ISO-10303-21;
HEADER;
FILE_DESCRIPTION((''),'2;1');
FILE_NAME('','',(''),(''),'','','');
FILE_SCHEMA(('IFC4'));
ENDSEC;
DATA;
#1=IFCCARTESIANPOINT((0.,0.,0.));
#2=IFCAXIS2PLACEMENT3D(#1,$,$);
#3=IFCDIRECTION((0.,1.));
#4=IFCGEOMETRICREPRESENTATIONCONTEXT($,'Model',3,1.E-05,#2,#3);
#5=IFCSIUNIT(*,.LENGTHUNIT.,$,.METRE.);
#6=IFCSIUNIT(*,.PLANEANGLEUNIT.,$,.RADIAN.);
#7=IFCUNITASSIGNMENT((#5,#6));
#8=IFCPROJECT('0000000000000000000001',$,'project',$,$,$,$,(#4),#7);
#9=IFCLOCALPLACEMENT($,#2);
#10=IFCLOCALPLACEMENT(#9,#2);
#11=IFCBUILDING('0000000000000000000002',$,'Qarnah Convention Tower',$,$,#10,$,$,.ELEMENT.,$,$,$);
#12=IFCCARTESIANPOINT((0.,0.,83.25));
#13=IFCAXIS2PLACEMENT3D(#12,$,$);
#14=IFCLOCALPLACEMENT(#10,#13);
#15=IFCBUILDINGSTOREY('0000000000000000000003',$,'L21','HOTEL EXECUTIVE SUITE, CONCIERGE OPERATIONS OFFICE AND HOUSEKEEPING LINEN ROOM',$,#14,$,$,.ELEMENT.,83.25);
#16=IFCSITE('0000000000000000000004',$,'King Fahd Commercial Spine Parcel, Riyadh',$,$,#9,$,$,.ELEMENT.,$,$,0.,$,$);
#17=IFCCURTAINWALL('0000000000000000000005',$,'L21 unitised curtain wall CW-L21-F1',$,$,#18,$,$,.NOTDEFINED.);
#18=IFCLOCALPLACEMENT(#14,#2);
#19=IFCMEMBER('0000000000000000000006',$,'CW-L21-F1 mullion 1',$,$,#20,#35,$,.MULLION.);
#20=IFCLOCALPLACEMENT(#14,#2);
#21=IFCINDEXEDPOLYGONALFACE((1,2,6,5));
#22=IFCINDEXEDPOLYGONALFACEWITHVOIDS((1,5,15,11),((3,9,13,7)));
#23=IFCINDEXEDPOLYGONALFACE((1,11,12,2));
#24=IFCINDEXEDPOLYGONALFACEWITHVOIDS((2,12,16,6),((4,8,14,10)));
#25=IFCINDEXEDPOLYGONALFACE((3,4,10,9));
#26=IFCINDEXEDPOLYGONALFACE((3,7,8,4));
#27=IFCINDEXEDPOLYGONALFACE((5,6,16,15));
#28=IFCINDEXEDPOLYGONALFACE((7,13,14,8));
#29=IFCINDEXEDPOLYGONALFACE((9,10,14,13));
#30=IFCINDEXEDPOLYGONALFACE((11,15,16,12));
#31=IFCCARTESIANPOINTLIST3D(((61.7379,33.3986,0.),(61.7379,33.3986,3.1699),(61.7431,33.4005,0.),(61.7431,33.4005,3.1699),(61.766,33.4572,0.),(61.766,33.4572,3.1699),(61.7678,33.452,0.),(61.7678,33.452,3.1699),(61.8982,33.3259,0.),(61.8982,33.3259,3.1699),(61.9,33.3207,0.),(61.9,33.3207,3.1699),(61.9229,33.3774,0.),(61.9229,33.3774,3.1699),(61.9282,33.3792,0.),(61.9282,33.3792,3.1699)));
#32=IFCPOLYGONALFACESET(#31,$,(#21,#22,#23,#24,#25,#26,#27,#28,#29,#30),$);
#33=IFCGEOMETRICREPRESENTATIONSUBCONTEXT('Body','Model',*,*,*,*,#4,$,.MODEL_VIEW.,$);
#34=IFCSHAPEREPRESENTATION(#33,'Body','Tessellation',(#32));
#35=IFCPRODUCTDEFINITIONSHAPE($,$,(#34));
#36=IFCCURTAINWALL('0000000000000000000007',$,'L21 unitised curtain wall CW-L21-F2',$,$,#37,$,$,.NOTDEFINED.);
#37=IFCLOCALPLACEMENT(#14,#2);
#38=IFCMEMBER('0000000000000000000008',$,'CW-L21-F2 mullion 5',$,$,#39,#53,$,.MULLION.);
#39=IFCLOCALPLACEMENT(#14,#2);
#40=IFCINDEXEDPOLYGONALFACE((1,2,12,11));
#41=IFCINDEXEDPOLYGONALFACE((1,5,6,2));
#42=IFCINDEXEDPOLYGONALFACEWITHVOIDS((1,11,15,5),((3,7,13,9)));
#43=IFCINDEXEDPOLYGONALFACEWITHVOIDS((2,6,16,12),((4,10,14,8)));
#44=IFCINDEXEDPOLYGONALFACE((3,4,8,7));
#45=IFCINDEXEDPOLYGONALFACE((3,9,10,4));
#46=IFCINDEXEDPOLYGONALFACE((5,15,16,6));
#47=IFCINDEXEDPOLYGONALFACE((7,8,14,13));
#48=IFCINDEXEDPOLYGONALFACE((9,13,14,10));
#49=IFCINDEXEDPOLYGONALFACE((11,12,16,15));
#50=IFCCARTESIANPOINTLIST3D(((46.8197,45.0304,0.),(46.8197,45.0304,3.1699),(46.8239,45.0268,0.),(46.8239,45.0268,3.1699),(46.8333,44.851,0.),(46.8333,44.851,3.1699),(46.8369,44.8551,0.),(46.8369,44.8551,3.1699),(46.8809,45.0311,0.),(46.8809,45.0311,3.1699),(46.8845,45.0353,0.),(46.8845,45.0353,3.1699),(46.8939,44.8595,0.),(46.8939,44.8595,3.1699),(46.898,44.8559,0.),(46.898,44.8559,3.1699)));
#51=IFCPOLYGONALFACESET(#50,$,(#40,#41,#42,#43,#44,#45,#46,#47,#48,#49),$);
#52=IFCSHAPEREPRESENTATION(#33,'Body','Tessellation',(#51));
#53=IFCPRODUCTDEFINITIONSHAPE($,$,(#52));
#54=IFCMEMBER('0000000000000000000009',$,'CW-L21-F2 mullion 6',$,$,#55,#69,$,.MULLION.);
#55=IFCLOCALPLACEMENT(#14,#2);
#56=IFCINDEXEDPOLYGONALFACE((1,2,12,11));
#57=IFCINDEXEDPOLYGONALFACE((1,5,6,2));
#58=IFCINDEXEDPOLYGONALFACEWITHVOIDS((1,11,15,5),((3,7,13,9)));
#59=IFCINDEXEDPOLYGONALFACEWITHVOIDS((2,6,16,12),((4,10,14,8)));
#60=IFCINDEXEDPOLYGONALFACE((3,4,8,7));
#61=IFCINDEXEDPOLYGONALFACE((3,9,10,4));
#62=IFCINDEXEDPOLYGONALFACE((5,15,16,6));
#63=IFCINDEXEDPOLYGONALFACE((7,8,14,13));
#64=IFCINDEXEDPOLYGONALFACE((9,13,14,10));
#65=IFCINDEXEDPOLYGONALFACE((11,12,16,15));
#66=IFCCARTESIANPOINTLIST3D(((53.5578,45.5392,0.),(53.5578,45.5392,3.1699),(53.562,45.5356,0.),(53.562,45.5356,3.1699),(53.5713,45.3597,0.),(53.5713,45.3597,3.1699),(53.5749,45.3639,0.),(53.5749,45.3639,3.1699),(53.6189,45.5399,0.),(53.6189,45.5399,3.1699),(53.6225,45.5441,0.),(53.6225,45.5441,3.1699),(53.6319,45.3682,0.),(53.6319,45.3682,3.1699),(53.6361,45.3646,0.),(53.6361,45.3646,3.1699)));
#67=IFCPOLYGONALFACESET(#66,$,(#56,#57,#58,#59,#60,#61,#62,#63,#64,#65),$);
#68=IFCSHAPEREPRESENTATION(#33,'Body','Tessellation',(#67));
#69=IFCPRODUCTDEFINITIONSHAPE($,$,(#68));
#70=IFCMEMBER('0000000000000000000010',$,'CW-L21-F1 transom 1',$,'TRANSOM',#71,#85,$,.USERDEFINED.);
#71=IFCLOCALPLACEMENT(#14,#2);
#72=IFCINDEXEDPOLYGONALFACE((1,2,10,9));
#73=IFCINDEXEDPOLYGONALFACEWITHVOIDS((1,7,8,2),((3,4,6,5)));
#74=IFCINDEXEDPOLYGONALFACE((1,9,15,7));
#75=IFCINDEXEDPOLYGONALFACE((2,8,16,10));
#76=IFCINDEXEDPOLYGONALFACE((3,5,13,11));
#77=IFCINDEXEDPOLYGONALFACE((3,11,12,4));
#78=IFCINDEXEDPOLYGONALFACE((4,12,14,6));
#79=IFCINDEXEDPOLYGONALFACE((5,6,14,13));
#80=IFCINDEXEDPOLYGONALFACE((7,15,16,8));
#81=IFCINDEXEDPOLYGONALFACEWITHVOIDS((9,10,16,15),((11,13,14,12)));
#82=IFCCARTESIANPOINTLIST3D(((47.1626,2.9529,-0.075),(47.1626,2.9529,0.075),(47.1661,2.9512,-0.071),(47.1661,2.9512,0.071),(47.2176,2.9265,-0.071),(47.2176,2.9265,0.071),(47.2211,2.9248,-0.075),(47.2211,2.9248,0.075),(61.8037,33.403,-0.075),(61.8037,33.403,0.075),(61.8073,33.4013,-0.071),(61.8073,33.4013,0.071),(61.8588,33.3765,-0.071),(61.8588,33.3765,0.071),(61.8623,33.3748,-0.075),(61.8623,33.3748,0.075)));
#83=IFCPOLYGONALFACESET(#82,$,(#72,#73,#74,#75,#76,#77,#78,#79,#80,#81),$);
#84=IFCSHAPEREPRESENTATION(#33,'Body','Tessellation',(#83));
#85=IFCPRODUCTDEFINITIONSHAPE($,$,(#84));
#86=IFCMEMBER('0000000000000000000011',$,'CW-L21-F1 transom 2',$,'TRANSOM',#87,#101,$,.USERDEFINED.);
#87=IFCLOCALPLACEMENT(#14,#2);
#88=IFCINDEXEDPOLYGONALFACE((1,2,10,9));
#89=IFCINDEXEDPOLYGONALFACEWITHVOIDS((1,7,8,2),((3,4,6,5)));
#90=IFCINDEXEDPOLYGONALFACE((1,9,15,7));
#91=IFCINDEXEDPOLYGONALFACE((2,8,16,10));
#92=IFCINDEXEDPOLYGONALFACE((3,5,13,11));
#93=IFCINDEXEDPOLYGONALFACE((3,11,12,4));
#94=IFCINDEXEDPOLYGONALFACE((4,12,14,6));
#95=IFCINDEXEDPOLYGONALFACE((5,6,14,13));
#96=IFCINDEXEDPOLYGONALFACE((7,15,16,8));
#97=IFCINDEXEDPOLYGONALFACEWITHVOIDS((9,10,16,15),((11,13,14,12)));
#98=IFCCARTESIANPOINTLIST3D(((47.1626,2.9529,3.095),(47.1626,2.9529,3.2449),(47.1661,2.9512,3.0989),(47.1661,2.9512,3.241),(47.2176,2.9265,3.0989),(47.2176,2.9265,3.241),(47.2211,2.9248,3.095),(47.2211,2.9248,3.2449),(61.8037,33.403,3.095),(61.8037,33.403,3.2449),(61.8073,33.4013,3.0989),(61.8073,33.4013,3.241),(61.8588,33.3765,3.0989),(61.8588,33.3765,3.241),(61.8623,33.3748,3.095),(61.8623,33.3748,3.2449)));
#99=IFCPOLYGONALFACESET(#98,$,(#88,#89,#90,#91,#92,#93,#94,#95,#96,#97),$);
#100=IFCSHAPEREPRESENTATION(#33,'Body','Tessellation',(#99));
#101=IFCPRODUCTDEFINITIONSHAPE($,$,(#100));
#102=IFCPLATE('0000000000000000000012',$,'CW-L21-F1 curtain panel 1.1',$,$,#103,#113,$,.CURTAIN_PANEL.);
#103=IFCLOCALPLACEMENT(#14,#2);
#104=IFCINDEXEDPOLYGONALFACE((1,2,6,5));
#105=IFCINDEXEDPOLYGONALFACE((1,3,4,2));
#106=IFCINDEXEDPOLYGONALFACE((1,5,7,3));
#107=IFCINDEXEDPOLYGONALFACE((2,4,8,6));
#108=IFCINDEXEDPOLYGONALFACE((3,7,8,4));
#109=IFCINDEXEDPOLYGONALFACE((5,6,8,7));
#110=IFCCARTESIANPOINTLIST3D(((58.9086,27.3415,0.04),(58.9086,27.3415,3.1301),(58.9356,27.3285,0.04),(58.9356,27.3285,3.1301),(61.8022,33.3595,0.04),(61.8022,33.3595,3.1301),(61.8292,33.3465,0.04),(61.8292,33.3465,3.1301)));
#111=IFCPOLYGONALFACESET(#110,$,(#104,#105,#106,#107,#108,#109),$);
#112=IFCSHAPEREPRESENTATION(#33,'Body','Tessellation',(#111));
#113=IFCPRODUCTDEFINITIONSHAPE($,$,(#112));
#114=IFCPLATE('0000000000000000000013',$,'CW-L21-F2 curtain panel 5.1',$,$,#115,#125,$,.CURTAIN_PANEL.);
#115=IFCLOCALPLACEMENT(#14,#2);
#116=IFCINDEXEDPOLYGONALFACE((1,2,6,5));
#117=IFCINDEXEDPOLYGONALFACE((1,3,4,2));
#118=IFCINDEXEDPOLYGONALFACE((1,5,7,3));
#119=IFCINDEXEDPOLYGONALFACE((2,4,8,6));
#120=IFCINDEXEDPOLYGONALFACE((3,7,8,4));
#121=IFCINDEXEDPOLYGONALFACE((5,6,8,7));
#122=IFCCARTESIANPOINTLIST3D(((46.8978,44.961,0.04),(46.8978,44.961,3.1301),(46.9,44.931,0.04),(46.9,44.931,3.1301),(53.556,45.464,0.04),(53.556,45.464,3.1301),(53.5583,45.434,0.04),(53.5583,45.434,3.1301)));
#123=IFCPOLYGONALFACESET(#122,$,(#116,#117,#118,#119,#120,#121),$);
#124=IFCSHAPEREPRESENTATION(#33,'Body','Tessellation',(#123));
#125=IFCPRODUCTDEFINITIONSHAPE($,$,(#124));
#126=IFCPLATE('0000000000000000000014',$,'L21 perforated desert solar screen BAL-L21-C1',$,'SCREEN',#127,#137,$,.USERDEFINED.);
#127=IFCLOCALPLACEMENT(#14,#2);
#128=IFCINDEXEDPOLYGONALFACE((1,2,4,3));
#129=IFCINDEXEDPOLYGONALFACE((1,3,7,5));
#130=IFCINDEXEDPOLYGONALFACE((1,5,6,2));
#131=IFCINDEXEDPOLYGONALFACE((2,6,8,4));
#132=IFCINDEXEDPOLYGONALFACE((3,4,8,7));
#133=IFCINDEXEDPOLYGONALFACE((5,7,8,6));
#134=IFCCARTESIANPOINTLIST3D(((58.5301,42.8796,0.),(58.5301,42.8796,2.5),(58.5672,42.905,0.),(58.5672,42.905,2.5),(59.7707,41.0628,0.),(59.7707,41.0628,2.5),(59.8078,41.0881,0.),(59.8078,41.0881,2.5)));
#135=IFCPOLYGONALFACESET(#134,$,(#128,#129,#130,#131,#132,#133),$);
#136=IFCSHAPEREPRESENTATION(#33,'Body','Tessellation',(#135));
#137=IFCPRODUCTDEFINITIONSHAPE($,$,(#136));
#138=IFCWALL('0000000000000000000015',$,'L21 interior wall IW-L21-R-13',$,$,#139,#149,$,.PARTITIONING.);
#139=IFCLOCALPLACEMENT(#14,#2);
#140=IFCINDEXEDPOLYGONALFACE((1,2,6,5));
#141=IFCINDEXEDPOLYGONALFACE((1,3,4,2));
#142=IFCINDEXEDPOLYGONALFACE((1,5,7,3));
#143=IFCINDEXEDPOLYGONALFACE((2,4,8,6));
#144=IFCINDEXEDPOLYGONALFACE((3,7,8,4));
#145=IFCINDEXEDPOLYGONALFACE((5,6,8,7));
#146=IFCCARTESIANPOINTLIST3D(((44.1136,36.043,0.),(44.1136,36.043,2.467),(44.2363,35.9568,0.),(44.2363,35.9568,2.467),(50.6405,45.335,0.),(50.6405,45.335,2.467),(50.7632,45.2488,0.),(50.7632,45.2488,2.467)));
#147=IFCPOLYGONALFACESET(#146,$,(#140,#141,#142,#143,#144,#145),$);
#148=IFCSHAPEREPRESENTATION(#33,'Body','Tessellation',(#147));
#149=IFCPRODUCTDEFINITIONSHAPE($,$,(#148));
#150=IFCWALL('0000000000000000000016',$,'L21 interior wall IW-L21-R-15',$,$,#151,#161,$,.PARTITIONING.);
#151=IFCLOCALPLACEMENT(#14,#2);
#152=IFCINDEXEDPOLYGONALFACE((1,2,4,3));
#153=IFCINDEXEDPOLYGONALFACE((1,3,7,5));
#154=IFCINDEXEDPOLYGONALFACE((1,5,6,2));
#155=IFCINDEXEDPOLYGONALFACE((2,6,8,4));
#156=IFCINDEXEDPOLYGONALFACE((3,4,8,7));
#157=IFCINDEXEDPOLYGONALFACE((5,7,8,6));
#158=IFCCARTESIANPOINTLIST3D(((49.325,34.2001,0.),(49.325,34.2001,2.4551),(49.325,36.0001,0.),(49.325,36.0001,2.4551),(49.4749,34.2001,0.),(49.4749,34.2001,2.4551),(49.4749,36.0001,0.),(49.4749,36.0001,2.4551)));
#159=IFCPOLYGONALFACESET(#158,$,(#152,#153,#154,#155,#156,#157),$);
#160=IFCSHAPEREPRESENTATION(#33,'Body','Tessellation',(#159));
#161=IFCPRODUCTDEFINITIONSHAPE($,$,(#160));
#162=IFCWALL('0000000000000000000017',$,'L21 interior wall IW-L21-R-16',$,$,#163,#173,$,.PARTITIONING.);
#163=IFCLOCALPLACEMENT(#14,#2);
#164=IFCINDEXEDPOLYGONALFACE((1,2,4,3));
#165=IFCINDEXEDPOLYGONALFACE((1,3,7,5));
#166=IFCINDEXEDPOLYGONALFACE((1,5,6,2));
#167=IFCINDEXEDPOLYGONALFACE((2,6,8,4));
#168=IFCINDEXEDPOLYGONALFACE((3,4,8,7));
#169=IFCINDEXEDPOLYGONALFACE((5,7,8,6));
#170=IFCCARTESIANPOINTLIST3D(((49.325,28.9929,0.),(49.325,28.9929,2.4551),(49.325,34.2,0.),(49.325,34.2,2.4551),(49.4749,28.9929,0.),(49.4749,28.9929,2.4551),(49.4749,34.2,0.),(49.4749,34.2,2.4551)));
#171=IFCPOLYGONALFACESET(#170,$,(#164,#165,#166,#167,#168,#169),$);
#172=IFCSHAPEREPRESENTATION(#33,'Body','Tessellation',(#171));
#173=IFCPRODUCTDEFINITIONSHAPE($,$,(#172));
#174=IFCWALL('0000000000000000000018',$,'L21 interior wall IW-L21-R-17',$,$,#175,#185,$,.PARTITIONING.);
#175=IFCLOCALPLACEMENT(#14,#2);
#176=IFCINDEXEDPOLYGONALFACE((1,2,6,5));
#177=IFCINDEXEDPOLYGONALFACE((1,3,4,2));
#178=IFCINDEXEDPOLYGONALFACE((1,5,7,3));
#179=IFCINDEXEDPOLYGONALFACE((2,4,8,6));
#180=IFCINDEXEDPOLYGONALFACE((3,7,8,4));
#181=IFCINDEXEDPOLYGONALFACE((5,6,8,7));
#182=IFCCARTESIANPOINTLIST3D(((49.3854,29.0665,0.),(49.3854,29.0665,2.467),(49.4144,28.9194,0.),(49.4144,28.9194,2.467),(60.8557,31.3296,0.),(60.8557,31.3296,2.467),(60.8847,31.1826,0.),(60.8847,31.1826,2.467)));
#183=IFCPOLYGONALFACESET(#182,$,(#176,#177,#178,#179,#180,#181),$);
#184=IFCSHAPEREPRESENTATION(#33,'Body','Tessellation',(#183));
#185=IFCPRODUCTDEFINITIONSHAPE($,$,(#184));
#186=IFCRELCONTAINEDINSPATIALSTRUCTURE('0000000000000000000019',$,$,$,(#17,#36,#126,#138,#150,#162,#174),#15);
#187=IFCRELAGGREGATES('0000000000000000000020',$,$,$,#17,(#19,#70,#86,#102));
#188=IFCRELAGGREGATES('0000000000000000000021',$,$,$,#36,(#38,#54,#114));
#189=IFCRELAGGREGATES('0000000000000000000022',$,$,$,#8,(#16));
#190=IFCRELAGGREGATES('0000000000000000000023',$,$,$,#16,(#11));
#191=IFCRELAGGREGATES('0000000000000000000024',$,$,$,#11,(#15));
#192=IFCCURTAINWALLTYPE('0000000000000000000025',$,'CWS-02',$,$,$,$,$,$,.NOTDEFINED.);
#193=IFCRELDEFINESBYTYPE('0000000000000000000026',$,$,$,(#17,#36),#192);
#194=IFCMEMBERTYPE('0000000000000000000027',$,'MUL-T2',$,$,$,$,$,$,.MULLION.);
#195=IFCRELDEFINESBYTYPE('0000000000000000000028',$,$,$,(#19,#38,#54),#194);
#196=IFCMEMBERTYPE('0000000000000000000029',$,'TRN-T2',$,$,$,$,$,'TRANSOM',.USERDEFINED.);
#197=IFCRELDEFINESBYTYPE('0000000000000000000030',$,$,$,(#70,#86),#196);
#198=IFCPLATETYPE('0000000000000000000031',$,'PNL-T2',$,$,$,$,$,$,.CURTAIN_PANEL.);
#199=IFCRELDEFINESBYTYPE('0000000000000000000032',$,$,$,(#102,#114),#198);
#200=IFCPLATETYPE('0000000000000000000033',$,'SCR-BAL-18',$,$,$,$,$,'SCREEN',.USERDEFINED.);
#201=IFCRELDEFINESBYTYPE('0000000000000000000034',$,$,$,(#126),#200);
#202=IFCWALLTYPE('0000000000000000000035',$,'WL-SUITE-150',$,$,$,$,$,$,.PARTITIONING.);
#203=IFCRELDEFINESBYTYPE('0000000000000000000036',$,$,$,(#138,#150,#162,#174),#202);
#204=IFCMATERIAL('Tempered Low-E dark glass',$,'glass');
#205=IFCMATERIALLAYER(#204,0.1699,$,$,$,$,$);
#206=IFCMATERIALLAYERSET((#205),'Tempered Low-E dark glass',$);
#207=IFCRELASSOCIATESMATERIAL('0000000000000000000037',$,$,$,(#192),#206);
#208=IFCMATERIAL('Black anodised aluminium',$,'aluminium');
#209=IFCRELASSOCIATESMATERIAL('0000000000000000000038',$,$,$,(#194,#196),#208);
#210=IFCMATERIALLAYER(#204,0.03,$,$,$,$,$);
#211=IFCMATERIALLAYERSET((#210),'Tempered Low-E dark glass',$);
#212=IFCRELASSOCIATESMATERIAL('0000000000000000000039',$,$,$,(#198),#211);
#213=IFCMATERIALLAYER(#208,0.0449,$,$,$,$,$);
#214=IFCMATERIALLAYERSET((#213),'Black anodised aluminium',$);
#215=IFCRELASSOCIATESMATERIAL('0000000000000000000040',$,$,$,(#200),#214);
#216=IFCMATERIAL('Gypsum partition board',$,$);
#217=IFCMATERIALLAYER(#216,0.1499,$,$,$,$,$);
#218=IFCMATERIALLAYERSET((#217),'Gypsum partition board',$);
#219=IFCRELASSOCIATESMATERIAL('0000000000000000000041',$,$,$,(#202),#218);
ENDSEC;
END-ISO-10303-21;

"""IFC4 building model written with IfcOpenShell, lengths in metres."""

from ifc_helpers import new_model, si_unit, direction, frame, frame_2d, origin, origin_2d, place, context, subcontext, project, spatial, rectangle, hollow_rectangle, extrude, material, layer, layer_set, material_profile, profile_set, type_object, element, aggregate, save


model = new_model("IFC4")

# Units and contexts
model_context = context("Model", 3, precision=1e-05, world=origin(), true_north=direction((0.0, 1.0)))
body_context = subcontext(model_context, "Body", "Model", "MODEL_VIEW")
ifc_project = project(units=[si_unit("LENGTHUNIT", "METRE"), si_unit("PLANEANGLEUNIT", "RADIAN")], contexts=[model_context])

# Site, building, storey
site_placement = place(None, origin())
site = spatial("IfcSite", under=ifc_project, at=site_placement, Name="King Fahd Commercial Spine Parcel, Riyadh", CompositionType="ELEMENT", RefElevation=0.0)
building_placement = place(site_placement, origin())
building = spatial("IfcBuilding", under=site, at=building_placement, Name="Qarnah Convention Tower", CompositionType="ELEMENT")
storey_placement = place(building_placement, frame((0.0, 0.0, 83.25)))
storey = spatial("IfcBuildingStorey", under=building, at=storey_placement, Name="L21", Description="HOTEL EXECUTIVE SUITE, CONCIERGE OPERATIONS OFFICE AND HOUSEKEEPING LINEN ROOM", CompositionType="ELEMENT", Elevation=83.25)

# Curtain wall, member
ifc_material_1 = material(Name="Tempered Low-E dark glass", Category="glass")
ifc_layer_1 = layer(ifc_material_1, 0.1699)
ifc_layer_set_1 = layer_set([ifc_layer_1], Name="Tempered Low-E dark glass")
curtain_wall_type = type_object("IfcCurtainWallType", Name="CWS-02", PredefinedType="NOTDEFINED", material=ifc_layer_set_1)
curtain_wall_1_placement = place(storey_placement, origin())
curtain_wall_1 = element("IfcCurtainWall", 1, at=curtain_wall_1_placement, inside=storey, type_object=curtain_wall_type, Name="L21 unitised curtain wall CW-L21-F1", PredefinedType="NOTDEFINED")
ifc_material_2 = material(Name="Black anodised aluminium", Category="aluminium")
ifc_material_profile_1 = material_profile(ifc_material_2, hollow_rectangle(XDim=0.0649, YDim=0.1799, WallThickness=0.0039, at=origin_2d()), Name="MUL-65X180")
ifc_profile_set_1 = profile_set([ifc_material_profile_1], Name="Black anodised aluminium")
member_type_1 = type_object("IfcMemberType", Name="MUL-T2", PredefinedType="MULLION", material=ifc_profile_set_1)
member_1_placement = place(storey_placement, frame((61.833, 33.3889, 0.0), z_axis=(0.0, 0.0, 1.0), x_axis=(-0.433332, -0.901234, 0.0)))
member_1 = element("IfcMember", 2, at=member_1_placement, type_object=member_type_1, Name="CW-L21-F1 mullion 1", PredefinedType="MULLION", context=body_context, shape_type="SweptSolid", body=[
    extrude(hollow_rectangle(XDim=0.0649, YDim=0.1799, WallThickness=0.0039, at=origin_2d()), origin(), (0.0, 0.0, 1.0), 3.1699),
])

# Curtain wall, members
curtain_wall_2_placement = place(storey_placement, origin())
curtain_wall_2 = element("IfcCurtainWall", 3, at=curtain_wall_2_placement, inside=storey, type_object=curtain_wall_type, Name="L21 unitised curtain wall CW-L21-F2", PredefinedType="NOTDEFINED")
member_2_placement = place(storey_placement, frame((46.8589, 44.9431, 0.0), z_axis=(0.0, 0.0, 1.0), x_axis=(0.997159, 0.075327, 0.0)))
member_2 = element("IfcMember", 4, at=member_2_placement, type_object=member_type_1, Name="CW-L21-F2 mullion 5", PredefinedType="MULLION", context=body_context, shape_type="SweptSolid", body=[
    extrude(hollow_rectangle(XDim=0.0649, YDim=0.1799, WallThickness=0.0039, at=origin_2d()), origin(), (0.0, 0.0, 1.0), 3.1699),
])
member_3_placement = place(storey_placement, frame((53.5969, 45.4519, 0.0), z_axis=(0.0, 0.0, 1.0), x_axis=(0.997159, 0.075327, 0.0)))
member_3 = element("IfcMember", 5, at=member_3_placement, type_object=member_type_1, Name="CW-L21-F2 mullion 6", PredefinedType="MULLION", context=body_context, shape_type="SweptSolid", body=[
    extrude(hollow_rectangle(XDim=0.0649, YDim=0.1799, WallThickness=0.0039, at=origin_2d()), origin(), (0.0, 0.0, 1.0), 3.1699),
])

# Members
ifc_material_profile_2 = material_profile(ifc_material_2, hollow_rectangle(XDim=0.0649, YDim=0.1499, WallThickness=0.0039, at=origin_2d()), Name="TRN-65X150")
ifc_profile_set_2 = profile_set([ifc_material_profile_2], Name="Black anodised aluminium")
member_type_2 = type_object("IfcMemberType", Name="TRN-T2", ElementType="TRANSOM", PredefinedType="USERDEFINED", material=ifc_profile_set_2)
member_4_placement = place(storey_placement, frame((61.833, 33.3889, 0.0), z_axis=(-0.433336, -0.901233, 0.0), x_axis=(0.901233, -0.433336, 0.0)))
member_4 = element("IfcMember", 6, at=member_4_placement, type_object=member_type_2, Name="CW-L21-F1 transom 1", ObjectType="TRANSOM", PredefinedType="USERDEFINED", context=body_context, shape_type="SweptSolid", body=[
    extrude(hollow_rectangle(XDim=0.0649, YDim=0.1499, WallThickness=0.0039, at=origin_2d()), origin(), (0.0, 0.0, 1.0), 33.7871),
])
member_5_placement = place(storey_placement, frame((61.833, 33.3889, 3.1699), z_axis=(-0.433336, -0.901233, 0.0), x_axis=(0.901233, -0.433336, 0.0)))
member_5 = element("IfcMember", 7, at=member_5_placement, type_object=member_type_2, Name="CW-L21-F1 transom 2", ObjectType="TRANSOM", PredefinedType="USERDEFINED", context=body_context, shape_type="SweptSolid", body=[
    extrude(hollow_rectangle(XDim=0.0649, YDim=0.1499, WallThickness=0.0039, at=origin_2d()), origin(), (0.0, 0.0, 1.0), 33.7871),
])

# Plates
ifc_layer_2 = layer(ifc_material_1, 0.03)
ifc_layer_set_2 = layer_set([ifc_layer_2], Name="Tempered Low-E dark glass")
plate_type_1 = type_object("IfcPlateType", Name="PNL-T2", PredefinedType="CURTAIN_PANEL", material=ifc_layer_set_2)
plate_1_placement = place(storey_placement, frame((60.3689, 30.344, 0.04), z_axis=(0.0, 0.0, 1.0), x_axis=(-0.433332, -0.901234, 0.0)))
plate_1 = element("IfcPlate", 8, at=plate_1_placement, type_object=plate_type_1, Name="CW-L21-F1 curtain panel 1.1", PredefinedType="CURTAIN_PANEL", context=body_context, shape_type="SweptSolid", body=[
    extrude(rectangle(XDim=6.6775, YDim=0.03, at=origin_2d()), origin(), (0.0, 0.0, 1.0), 3.0901),
])
aggregate(curtain_wall_1, [member_1, member_4, member_5, plate_1])
plate_2_placement = place(storey_placement, frame((50.228, 45.1975, 0.04), z_axis=(0.0, 0.0, 1.0), x_axis=(0.997159, 0.075327, 0.0)))
plate_2 = element("IfcPlate", 9, at=plate_2_placement, type_object=plate_type_1, Name="CW-L21-F2 curtain panel 5.1", PredefinedType="CURTAIN_PANEL", context=body_context, shape_type="SweptSolid", body=[
    extrude(rectangle(XDim=6.6772, YDim=0.03, at=origin_2d()), origin(), (0.0, 0.0, 1.0), 3.0901),
])
aggregate(curtain_wall_2, [member_2, member_3, plate_2])
ifc_layer_3 = layer(ifc_material_2, 0.0449)
ifc_layer_set_3 = layer_set([ifc_layer_3], Name="Black anodised aluminium")
plate_type_2 = type_object("IfcPlateType", Name="SCR-BAL-18", ElementType="SCREEN", PredefinedType="USERDEFINED", material=ifc_layer_set_3)
plate_3_placement = place(storey_placement, frame((59.1689, 41.9839, 0.0), z_axis=(0.0, 0.0, 1.0), x_axis=(0.563897, -0.825845, 0.0)))
element("IfcPlate", 10, at=plate_3_placement, inside=storey, type_object=plate_type_2, Name="L21 perforated desert solar screen BAL-L21-C1", ObjectType="SCREEN", PredefinedType="USERDEFINED", context=body_context, shape_type="SweptSolid", body=[
    extrude(rectangle(XDim=2.2, YDim=0.0449, at=origin_2d()), origin(), (0.0, 0.0, 1.0), 2.5),
])

# Walls
ifc_material_3 = material(Name="Gypsum partition board")
ifc_layer_4 = layer(ifc_material_3, 0.1499)
ifc_layer_set_4 = layer_set([ifc_layer_4], Name="Gypsum partition board")
wall_type_1 = type_object("IfcWallType", Name="WL-SUITE-150", PredefinedType="PARTITIONING", material=ifc_layer_set_4)
wall_1_placement = place(storey_placement, frame((50.7019, 45.292, 0.0), z_axis=(0.0, 0.0, 1.0), x_axis=(-0.574789, -0.818302, 0.0)))
element("IfcWall", 11, at=wall_1_placement, inside=storey, type_object=wall_type_1, Name="L21 interior wall IW-L21-R-13", PredefinedType="PARTITIONING", context=body_context, shape_type="SweptSolid", body=[
    extrude(rectangle(XDim=11.3552, YDim=0.1499, at=frame_2d((5.6777, 0.0))), origin(), (0.0, 0.0, 1.0), 2.467),
])
wall_2_placement = place(storey_placement, frame((49.3999, 36.0, 0.0), z_axis=(0.0, 0.0, 1.0), x_axis=(0.0, -1.0, 0.0)))
element("IfcWall", 12, at=wall_2_placement, inside=storey, type_object=wall_type_1, Name="L21 interior wall IW-L21-R-15", PredefinedType="PARTITIONING", context=body_context, shape_type="SweptSolid", body=[
    extrude(rectangle(XDim=1.8, YDim=0.1499, at=frame_2d((0.8999, 0.0))), origin(), (0.0, 0.0, 1.0), 2.4551),
])
wall_3_placement = place(storey_placement, frame((49.3999, 34.2, 0.0), z_axis=(0.0, 0.0, 1.0), x_axis=(0.0, -1.0, 0.0)))
element("IfcWall", 13, at=wall_3_placement, inside=storey, type_object=wall_type_1, Name="L21 interior wall IW-L21-R-16", PredefinedType="PARTITIONING", context=body_context, shape_type="SweptSolid", body=[
    extrude(rectangle(XDim=5.207, YDim=0.1499, at=frame_2d((2.6035, 0.0))), origin(), (0.0, 0.0, 1.0), 2.4551),
])
wall_4_placement = place(storey_placement, frame((49.3999, 28.9929, 0.0), z_axis=(0.0, 0.0, 1.0), x_axis=(0.981085, 0.193577, 0.0)))
element("IfcWall", 14, at=wall_4_placement, inside=storey, type_object=wall_type_1, Name="L21 interior wall IW-L21-R-17", PredefinedType="PARTITIONING", context=body_context, shape_type="SweptSolid", body=[
    extrude(rectangle(XDim=11.6914, YDim=0.1499, at=frame_2d((5.8457, 0.0))), origin(), (0.0, 0.0, 1.0), 2.467),
])

save(model, "model.ifc")
